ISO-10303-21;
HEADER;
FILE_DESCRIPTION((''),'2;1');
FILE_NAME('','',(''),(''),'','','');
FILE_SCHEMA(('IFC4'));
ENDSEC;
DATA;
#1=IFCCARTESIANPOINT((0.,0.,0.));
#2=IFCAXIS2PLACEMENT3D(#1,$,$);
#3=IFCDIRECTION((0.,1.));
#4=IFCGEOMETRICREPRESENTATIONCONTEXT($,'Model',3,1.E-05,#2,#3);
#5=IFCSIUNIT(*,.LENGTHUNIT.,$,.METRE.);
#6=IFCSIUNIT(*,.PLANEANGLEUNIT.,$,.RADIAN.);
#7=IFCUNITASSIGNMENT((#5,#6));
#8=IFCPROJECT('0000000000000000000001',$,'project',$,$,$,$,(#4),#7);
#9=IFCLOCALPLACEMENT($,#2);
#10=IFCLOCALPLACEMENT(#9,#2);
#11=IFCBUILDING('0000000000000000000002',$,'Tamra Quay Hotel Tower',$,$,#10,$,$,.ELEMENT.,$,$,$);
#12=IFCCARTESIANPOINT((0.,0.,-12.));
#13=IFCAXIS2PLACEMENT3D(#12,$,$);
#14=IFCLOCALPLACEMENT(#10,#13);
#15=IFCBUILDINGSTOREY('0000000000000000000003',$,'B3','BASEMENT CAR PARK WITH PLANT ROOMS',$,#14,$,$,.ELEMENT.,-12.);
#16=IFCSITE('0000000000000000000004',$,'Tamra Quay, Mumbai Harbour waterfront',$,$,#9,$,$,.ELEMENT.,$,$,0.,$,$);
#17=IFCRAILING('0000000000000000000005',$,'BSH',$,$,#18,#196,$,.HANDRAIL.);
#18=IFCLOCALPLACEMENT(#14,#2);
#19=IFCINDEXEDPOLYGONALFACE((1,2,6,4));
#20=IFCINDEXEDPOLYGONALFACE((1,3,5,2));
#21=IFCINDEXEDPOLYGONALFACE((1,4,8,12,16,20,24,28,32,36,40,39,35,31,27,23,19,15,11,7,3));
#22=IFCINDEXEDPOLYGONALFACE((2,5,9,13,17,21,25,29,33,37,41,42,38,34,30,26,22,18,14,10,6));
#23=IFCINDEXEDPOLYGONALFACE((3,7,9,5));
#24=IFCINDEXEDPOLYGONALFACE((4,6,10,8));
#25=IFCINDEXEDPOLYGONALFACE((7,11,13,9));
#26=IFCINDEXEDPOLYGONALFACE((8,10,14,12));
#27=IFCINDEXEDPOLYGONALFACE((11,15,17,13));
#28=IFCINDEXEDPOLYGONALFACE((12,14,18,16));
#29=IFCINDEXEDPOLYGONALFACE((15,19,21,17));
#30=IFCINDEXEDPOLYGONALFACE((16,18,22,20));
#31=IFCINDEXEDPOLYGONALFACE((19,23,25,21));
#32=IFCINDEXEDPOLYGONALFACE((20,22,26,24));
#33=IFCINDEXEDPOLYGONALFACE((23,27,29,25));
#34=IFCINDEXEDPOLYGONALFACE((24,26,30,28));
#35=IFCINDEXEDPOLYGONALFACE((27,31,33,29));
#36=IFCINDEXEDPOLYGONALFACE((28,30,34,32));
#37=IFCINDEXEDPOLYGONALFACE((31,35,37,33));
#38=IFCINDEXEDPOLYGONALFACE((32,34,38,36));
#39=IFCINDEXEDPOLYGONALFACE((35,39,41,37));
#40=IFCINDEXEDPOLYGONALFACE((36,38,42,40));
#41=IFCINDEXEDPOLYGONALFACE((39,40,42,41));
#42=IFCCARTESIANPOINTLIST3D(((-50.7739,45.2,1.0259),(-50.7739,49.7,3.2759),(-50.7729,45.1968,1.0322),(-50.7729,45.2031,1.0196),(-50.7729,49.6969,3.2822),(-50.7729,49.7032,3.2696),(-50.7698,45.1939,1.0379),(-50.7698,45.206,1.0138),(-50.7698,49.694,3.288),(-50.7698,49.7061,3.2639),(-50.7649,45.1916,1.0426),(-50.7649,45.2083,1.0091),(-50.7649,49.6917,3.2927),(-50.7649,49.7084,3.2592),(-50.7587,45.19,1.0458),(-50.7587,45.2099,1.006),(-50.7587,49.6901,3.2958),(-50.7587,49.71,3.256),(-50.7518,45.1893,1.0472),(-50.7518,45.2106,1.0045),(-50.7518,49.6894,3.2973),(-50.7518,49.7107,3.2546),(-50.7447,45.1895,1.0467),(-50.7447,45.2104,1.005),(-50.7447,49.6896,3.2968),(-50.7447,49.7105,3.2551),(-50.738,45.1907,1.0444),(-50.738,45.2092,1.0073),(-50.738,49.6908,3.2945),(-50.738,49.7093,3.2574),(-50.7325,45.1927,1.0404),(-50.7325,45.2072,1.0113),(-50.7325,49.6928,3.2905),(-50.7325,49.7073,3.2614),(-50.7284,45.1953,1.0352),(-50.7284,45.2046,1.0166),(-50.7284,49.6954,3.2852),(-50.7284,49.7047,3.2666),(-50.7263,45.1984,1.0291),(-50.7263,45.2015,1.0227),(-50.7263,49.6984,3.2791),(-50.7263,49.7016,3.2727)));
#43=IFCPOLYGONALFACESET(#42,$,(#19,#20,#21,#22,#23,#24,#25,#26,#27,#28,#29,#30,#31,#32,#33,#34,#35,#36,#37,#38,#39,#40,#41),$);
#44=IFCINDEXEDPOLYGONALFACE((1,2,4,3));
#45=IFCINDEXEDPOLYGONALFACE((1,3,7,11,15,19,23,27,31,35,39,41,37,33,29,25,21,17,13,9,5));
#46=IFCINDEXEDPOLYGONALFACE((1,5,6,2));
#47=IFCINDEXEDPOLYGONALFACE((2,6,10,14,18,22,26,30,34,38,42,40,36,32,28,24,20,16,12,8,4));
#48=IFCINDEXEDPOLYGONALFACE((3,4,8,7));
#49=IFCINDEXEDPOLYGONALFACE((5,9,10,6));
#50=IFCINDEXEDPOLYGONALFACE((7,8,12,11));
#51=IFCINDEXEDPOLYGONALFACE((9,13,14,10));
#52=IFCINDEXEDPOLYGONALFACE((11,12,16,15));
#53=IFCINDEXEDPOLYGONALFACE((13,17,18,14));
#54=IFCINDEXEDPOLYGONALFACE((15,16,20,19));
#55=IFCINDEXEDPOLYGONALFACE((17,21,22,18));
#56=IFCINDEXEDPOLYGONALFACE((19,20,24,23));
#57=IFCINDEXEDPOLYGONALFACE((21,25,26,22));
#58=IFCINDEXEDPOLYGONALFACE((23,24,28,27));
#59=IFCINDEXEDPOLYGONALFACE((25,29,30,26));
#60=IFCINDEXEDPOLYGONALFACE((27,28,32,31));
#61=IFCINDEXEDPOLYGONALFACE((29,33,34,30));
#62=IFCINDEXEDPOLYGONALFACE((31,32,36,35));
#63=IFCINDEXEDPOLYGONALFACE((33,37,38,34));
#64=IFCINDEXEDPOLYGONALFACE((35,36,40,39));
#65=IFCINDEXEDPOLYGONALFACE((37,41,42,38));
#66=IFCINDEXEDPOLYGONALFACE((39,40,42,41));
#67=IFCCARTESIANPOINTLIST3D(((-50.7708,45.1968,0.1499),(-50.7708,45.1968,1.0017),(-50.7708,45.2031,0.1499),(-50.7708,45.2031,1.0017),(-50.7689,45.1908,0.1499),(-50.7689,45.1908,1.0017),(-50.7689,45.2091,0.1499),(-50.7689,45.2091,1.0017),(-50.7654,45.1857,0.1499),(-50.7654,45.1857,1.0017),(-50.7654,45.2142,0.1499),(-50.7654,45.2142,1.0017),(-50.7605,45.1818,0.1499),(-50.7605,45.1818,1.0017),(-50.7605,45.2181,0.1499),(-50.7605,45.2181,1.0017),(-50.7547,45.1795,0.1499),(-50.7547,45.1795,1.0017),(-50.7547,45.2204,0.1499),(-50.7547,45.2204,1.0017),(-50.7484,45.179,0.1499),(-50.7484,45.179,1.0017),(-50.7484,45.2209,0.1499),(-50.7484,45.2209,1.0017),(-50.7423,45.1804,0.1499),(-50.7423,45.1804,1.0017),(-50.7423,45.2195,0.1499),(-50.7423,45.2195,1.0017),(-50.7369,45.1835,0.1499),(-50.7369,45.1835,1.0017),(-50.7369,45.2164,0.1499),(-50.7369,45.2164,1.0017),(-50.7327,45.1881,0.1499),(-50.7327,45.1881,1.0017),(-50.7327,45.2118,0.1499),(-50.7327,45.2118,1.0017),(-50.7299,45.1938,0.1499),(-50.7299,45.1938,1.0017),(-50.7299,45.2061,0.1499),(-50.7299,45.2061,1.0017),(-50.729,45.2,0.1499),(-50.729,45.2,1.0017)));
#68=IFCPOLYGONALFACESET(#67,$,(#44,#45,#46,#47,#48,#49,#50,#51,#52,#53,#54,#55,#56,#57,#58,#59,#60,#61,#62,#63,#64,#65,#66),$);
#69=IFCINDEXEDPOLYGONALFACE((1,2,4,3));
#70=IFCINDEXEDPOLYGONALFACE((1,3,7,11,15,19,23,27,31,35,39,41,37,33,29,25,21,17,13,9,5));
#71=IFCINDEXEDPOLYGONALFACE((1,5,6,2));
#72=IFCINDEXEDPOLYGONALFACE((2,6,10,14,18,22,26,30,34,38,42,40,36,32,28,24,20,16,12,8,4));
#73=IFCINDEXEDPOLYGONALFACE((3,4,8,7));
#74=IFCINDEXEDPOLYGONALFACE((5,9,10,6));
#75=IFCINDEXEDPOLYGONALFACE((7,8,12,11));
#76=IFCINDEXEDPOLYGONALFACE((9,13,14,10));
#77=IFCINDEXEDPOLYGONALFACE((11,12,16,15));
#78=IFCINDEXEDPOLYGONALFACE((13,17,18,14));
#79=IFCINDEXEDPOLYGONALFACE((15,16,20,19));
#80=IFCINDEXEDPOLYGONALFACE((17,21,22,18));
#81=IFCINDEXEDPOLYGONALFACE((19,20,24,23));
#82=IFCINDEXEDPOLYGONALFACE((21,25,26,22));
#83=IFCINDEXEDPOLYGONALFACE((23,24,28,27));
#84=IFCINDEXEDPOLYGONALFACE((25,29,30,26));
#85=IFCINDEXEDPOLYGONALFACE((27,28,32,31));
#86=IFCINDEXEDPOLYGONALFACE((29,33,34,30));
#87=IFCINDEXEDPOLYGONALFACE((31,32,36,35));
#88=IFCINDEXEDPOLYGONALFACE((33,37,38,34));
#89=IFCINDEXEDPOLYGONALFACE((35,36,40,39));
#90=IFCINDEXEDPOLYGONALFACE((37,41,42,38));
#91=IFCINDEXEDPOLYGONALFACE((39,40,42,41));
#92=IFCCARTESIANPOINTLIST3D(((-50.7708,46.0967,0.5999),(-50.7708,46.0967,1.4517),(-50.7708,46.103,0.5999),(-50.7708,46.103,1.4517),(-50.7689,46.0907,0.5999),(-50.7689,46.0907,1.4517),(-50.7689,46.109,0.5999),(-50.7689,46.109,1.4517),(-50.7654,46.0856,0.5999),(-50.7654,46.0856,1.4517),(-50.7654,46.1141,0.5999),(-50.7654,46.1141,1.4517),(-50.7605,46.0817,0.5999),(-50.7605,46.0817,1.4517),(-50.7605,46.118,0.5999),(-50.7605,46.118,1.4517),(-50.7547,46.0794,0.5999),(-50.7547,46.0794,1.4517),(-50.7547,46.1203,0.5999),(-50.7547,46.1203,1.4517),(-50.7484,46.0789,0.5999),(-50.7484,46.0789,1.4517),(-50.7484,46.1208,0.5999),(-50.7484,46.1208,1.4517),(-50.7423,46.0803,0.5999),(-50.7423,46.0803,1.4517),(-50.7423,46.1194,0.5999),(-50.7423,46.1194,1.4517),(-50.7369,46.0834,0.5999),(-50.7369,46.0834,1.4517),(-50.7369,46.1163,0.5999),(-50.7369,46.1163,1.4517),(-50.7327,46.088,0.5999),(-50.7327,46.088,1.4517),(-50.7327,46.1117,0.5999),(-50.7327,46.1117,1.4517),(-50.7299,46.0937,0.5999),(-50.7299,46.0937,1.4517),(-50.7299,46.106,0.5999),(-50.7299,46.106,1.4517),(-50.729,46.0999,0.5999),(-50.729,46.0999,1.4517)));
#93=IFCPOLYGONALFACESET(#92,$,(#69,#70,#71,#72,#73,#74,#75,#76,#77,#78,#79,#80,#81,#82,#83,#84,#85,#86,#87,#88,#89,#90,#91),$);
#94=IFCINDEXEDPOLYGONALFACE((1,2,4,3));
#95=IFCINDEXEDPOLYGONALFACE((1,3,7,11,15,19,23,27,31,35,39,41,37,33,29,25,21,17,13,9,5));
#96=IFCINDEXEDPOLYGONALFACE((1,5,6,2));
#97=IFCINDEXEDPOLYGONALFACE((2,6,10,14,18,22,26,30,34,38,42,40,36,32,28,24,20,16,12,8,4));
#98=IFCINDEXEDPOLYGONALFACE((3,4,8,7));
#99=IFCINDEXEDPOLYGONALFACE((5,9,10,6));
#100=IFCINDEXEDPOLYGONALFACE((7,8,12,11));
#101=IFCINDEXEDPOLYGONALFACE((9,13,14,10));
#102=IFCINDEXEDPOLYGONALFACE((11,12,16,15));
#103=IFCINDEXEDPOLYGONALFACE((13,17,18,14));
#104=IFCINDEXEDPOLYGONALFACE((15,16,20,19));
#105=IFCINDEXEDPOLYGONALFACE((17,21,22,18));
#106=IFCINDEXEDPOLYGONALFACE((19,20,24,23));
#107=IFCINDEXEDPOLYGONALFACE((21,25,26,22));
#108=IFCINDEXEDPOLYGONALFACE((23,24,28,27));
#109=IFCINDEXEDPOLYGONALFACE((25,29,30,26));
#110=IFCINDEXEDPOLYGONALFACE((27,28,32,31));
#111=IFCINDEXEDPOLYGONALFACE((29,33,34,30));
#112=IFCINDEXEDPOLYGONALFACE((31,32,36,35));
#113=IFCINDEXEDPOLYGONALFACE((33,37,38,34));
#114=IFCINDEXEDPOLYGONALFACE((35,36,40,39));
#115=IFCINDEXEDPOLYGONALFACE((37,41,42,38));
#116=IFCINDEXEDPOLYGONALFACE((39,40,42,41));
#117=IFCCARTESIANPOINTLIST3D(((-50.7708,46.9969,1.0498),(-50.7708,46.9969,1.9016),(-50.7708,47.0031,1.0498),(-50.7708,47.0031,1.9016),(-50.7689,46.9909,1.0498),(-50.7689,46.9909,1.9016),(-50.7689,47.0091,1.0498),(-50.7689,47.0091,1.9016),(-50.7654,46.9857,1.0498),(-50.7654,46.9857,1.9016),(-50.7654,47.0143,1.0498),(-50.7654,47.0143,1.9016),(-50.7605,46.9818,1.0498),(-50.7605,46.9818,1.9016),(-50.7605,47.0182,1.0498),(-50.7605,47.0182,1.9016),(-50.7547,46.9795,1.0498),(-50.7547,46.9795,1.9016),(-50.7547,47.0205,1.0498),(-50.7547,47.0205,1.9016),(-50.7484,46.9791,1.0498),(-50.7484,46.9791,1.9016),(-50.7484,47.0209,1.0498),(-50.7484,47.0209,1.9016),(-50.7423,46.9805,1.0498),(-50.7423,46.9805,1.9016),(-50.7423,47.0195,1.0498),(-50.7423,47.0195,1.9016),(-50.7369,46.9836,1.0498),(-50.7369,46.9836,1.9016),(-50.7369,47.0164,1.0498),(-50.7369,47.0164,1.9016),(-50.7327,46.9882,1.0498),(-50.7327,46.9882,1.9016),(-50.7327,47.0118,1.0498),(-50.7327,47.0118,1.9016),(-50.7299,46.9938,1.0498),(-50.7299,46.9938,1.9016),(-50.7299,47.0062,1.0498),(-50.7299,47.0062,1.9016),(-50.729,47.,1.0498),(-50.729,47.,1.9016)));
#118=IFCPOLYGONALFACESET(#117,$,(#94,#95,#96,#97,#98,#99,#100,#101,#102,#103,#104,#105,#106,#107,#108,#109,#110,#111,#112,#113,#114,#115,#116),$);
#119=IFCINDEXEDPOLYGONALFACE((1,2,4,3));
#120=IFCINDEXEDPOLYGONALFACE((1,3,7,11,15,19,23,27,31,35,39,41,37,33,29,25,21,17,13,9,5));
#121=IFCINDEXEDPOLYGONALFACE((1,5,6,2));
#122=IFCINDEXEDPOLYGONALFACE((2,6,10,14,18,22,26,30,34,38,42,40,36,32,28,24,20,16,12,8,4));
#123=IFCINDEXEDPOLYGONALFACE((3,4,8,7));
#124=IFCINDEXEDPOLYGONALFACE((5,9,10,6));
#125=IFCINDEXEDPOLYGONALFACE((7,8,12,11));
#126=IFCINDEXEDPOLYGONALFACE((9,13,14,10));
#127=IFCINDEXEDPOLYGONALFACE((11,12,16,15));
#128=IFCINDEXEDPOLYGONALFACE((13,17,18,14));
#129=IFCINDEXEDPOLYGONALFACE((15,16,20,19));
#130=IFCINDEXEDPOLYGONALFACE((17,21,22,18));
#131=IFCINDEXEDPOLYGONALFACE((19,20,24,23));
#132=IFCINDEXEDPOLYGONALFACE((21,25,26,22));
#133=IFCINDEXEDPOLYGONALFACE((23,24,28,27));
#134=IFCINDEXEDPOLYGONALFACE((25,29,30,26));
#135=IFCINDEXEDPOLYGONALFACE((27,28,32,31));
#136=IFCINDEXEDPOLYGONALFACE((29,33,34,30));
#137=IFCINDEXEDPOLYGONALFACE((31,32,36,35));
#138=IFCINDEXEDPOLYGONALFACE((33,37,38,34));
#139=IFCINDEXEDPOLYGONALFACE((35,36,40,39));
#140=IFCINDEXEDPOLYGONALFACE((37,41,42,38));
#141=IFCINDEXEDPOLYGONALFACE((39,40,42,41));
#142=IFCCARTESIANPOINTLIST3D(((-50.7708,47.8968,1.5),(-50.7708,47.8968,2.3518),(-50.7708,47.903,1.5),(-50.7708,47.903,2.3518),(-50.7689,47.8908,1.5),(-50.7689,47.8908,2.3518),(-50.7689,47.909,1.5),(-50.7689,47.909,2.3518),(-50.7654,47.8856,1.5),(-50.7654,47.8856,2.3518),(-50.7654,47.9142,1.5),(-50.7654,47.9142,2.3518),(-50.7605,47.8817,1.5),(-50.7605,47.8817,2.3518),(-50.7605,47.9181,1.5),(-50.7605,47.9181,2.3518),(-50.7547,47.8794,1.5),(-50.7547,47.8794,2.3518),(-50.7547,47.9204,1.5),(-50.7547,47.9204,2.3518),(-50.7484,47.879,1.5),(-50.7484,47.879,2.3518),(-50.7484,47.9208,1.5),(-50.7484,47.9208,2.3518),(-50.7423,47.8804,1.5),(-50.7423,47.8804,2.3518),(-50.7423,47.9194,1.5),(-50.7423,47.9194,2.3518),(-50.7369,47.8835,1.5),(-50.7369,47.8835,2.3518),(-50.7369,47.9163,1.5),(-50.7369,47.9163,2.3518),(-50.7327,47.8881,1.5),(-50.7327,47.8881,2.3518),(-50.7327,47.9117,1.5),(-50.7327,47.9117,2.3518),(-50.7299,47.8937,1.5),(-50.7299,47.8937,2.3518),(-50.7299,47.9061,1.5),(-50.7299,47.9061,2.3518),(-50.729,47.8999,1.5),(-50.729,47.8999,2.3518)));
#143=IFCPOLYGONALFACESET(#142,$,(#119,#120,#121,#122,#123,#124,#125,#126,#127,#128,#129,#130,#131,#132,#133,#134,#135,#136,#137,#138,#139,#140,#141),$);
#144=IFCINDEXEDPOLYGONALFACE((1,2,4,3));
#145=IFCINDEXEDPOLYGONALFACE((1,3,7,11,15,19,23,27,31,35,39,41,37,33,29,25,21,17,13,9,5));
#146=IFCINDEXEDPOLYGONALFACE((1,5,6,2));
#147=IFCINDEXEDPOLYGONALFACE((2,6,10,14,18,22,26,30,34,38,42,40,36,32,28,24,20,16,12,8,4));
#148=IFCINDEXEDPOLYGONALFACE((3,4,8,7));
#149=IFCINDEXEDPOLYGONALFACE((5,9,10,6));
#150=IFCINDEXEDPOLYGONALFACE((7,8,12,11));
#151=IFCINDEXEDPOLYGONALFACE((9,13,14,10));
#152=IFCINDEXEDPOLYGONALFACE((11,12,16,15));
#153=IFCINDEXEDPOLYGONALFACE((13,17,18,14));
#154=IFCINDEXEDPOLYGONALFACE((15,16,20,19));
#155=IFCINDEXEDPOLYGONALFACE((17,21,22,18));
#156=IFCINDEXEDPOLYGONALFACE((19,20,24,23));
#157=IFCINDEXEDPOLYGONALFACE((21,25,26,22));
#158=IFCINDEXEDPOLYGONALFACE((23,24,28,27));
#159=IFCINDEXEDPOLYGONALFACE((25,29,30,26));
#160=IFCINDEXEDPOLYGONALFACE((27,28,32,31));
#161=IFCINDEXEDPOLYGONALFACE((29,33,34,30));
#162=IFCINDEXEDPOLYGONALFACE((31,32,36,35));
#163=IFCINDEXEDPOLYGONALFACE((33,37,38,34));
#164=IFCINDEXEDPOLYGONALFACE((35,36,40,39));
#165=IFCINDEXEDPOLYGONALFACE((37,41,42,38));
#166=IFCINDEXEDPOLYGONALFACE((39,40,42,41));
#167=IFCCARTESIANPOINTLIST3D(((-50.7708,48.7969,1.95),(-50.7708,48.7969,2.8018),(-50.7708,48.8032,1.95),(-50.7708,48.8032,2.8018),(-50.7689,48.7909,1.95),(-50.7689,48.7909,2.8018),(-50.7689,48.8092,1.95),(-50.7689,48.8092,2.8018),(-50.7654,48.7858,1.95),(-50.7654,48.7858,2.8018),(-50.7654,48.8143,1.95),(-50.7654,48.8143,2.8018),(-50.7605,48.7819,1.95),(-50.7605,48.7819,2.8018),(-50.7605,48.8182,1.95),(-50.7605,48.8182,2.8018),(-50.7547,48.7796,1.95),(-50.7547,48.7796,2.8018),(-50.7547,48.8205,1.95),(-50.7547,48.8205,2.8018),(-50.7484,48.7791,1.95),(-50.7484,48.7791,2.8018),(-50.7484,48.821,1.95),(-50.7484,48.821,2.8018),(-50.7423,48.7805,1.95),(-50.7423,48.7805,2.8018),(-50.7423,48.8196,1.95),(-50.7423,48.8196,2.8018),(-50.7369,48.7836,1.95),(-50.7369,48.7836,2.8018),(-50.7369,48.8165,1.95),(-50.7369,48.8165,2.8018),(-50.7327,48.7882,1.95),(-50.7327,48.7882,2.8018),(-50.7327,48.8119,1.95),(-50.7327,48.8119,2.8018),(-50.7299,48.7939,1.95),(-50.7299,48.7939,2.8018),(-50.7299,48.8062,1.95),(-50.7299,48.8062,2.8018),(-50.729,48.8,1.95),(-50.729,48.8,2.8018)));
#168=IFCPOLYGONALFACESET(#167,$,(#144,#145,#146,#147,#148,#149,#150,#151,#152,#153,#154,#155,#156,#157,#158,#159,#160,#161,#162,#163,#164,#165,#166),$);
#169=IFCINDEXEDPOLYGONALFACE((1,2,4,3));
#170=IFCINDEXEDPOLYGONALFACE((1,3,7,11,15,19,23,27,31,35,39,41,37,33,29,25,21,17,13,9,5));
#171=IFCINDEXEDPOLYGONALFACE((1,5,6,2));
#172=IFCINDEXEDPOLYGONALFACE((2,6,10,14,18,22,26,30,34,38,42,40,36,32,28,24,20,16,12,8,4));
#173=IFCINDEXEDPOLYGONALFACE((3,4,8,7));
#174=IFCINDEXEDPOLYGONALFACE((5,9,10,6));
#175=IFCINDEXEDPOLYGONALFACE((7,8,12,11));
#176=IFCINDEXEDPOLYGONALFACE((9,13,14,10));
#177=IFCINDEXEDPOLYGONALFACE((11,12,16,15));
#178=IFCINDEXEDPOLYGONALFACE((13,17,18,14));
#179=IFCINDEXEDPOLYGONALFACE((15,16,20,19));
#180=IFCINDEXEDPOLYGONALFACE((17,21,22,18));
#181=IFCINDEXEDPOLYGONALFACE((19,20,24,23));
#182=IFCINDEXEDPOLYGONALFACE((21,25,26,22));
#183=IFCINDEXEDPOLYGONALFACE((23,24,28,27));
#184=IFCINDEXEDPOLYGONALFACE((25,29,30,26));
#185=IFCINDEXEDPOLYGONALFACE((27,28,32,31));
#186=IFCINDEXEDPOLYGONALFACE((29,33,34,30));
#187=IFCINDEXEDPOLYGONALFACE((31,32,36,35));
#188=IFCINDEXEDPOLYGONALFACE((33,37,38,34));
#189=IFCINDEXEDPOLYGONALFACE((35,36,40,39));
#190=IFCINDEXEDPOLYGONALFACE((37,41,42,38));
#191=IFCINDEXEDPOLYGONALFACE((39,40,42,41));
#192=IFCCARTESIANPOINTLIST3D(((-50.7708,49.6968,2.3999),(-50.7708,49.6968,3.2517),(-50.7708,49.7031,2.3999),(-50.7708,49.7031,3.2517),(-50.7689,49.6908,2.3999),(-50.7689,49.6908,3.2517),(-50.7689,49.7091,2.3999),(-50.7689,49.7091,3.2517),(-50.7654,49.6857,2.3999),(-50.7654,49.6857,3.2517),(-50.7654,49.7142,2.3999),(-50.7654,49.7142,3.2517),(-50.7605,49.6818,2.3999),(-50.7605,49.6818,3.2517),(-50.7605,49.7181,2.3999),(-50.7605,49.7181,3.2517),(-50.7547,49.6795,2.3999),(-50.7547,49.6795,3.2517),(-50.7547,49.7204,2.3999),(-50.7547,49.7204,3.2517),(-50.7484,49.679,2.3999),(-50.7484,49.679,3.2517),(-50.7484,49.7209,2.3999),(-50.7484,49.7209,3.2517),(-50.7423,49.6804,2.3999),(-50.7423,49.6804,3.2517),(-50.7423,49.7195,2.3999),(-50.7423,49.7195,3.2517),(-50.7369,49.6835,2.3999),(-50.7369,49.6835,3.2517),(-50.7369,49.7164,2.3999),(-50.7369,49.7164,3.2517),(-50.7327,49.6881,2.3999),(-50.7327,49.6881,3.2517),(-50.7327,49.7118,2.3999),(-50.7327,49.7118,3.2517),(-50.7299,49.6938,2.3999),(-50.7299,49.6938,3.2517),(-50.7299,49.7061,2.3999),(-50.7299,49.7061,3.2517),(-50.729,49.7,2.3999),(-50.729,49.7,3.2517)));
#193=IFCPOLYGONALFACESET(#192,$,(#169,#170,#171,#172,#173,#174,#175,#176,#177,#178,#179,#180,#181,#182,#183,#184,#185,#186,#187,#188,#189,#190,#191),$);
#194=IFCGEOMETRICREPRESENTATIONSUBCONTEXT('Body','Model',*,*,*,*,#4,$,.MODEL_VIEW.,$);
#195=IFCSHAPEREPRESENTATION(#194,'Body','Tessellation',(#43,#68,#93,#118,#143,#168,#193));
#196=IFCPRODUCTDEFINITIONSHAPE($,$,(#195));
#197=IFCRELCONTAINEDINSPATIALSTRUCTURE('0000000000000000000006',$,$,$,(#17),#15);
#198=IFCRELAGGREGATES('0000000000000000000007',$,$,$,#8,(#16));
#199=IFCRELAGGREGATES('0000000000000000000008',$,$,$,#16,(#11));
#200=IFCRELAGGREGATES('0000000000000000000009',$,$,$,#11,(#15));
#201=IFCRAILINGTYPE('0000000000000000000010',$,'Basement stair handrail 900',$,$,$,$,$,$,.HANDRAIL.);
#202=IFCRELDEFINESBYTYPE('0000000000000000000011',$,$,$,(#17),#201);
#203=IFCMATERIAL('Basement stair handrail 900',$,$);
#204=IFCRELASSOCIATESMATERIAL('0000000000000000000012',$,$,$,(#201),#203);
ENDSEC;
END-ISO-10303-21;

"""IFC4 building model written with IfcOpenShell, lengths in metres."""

from ifc_helpers import new_model, si_unit, direction, frame, origin, origin_2d, place, context, subcontext, project, spatial, circle, extrude, material, type_object, element, save


model = new_model("IFC4")

# Units and contexts
model_context = context("Model", 3, precision=1e-05, world=origin(), true_north=direction((0.0, 1.0)))
body_context = subcontext(model_context, "Body", "Model", "MODEL_VIEW")
ifc_project = project(units=[si_unit("LENGTHUNIT", "METRE"), si_unit("PLANEANGLEUNIT", "RADIAN")], contexts=[model_context])

# Site, building, storey
site_placement = place(None, origin())
site = spatial("IfcSite", under=ifc_project, at=site_placement, Name="Tamra Quay, Mumbai Harbour waterfront", CompositionType="ELEMENT", RefElevation=0.0)
building_placement = place(site_placement, origin())
building = spatial("IfcBuilding", under=site, at=building_placement, Name="Tamra Quay Hotel Tower", CompositionType="ELEMENT")
storey_placement = place(building_placement, frame((0.0, 0.0, -12.0)))
storey = spatial("IfcBuildingStorey", under=building, at=storey_placement, Name="B3", Description="BASEMENT CAR PARK WITH PLANT ROOMS", CompositionType="ELEMENT", Elevation=-12.0)

# Railing
ifc_material_1 = material(Name="Basement stair handrail 900")
railing_type_1 = type_object("IfcRailingType", Name="Basement stair handrail 900", PredefinedType="HANDRAIL", material=ifc_material_1)
for number, where, name in (
    (1, (-50.75, 45.2, 0.1499), "BSH"),
):
    element("IfcRailing", number, at=place(storey_placement, frame(where)), inside=storey, type_object=railing_type_1, Name=name, PredefinedType="HANDRAIL", context=body_context, shape_type="SweptSolid", body=[
        extrude(circle(Radius=0.0239, at=origin_2d()), frame((0.0, 0.0, 0.876), z_axis=(0.0, 0.894427, 0.447214), x_axis=(-1.0, 0.0, 0.0)), (0.0, 0.0, 1.0), 5.0312),
        extrude(circle(Radius=0.021, at=origin_2d()), origin(), (0.0, 0.0, 1.0), 0.8518),
        extrude(circle(Radius=0.021, at=origin_2d()), frame((0.0, 0.8999, 0.45)), (0.0, 0.0, 1.0), 0.8518),
        extrude(circle(Radius=0.021, at=origin_2d()), frame((0.0, 1.8, 0.8999)), (0.0, 0.0, 1.0), 0.8518),
        extrude(circle(Radius=0.021, at=origin_2d()), frame((0.0, 2.7, 1.3501)), (0.0, 0.0, 1.0), 0.8518),
        extrude(circle(Radius=0.021, at=origin_2d()), frame((0.0, 3.6001, 1.8)), (0.0, 0.0, 1.0), 0.8518),
        extrude(circle(Radius=0.021, at=origin_2d()), frame((0.0, 4.5, 2.25)), (0.0, 0.0, 1.0), 0.8518),
    ])

save(model, "model.ifc")
